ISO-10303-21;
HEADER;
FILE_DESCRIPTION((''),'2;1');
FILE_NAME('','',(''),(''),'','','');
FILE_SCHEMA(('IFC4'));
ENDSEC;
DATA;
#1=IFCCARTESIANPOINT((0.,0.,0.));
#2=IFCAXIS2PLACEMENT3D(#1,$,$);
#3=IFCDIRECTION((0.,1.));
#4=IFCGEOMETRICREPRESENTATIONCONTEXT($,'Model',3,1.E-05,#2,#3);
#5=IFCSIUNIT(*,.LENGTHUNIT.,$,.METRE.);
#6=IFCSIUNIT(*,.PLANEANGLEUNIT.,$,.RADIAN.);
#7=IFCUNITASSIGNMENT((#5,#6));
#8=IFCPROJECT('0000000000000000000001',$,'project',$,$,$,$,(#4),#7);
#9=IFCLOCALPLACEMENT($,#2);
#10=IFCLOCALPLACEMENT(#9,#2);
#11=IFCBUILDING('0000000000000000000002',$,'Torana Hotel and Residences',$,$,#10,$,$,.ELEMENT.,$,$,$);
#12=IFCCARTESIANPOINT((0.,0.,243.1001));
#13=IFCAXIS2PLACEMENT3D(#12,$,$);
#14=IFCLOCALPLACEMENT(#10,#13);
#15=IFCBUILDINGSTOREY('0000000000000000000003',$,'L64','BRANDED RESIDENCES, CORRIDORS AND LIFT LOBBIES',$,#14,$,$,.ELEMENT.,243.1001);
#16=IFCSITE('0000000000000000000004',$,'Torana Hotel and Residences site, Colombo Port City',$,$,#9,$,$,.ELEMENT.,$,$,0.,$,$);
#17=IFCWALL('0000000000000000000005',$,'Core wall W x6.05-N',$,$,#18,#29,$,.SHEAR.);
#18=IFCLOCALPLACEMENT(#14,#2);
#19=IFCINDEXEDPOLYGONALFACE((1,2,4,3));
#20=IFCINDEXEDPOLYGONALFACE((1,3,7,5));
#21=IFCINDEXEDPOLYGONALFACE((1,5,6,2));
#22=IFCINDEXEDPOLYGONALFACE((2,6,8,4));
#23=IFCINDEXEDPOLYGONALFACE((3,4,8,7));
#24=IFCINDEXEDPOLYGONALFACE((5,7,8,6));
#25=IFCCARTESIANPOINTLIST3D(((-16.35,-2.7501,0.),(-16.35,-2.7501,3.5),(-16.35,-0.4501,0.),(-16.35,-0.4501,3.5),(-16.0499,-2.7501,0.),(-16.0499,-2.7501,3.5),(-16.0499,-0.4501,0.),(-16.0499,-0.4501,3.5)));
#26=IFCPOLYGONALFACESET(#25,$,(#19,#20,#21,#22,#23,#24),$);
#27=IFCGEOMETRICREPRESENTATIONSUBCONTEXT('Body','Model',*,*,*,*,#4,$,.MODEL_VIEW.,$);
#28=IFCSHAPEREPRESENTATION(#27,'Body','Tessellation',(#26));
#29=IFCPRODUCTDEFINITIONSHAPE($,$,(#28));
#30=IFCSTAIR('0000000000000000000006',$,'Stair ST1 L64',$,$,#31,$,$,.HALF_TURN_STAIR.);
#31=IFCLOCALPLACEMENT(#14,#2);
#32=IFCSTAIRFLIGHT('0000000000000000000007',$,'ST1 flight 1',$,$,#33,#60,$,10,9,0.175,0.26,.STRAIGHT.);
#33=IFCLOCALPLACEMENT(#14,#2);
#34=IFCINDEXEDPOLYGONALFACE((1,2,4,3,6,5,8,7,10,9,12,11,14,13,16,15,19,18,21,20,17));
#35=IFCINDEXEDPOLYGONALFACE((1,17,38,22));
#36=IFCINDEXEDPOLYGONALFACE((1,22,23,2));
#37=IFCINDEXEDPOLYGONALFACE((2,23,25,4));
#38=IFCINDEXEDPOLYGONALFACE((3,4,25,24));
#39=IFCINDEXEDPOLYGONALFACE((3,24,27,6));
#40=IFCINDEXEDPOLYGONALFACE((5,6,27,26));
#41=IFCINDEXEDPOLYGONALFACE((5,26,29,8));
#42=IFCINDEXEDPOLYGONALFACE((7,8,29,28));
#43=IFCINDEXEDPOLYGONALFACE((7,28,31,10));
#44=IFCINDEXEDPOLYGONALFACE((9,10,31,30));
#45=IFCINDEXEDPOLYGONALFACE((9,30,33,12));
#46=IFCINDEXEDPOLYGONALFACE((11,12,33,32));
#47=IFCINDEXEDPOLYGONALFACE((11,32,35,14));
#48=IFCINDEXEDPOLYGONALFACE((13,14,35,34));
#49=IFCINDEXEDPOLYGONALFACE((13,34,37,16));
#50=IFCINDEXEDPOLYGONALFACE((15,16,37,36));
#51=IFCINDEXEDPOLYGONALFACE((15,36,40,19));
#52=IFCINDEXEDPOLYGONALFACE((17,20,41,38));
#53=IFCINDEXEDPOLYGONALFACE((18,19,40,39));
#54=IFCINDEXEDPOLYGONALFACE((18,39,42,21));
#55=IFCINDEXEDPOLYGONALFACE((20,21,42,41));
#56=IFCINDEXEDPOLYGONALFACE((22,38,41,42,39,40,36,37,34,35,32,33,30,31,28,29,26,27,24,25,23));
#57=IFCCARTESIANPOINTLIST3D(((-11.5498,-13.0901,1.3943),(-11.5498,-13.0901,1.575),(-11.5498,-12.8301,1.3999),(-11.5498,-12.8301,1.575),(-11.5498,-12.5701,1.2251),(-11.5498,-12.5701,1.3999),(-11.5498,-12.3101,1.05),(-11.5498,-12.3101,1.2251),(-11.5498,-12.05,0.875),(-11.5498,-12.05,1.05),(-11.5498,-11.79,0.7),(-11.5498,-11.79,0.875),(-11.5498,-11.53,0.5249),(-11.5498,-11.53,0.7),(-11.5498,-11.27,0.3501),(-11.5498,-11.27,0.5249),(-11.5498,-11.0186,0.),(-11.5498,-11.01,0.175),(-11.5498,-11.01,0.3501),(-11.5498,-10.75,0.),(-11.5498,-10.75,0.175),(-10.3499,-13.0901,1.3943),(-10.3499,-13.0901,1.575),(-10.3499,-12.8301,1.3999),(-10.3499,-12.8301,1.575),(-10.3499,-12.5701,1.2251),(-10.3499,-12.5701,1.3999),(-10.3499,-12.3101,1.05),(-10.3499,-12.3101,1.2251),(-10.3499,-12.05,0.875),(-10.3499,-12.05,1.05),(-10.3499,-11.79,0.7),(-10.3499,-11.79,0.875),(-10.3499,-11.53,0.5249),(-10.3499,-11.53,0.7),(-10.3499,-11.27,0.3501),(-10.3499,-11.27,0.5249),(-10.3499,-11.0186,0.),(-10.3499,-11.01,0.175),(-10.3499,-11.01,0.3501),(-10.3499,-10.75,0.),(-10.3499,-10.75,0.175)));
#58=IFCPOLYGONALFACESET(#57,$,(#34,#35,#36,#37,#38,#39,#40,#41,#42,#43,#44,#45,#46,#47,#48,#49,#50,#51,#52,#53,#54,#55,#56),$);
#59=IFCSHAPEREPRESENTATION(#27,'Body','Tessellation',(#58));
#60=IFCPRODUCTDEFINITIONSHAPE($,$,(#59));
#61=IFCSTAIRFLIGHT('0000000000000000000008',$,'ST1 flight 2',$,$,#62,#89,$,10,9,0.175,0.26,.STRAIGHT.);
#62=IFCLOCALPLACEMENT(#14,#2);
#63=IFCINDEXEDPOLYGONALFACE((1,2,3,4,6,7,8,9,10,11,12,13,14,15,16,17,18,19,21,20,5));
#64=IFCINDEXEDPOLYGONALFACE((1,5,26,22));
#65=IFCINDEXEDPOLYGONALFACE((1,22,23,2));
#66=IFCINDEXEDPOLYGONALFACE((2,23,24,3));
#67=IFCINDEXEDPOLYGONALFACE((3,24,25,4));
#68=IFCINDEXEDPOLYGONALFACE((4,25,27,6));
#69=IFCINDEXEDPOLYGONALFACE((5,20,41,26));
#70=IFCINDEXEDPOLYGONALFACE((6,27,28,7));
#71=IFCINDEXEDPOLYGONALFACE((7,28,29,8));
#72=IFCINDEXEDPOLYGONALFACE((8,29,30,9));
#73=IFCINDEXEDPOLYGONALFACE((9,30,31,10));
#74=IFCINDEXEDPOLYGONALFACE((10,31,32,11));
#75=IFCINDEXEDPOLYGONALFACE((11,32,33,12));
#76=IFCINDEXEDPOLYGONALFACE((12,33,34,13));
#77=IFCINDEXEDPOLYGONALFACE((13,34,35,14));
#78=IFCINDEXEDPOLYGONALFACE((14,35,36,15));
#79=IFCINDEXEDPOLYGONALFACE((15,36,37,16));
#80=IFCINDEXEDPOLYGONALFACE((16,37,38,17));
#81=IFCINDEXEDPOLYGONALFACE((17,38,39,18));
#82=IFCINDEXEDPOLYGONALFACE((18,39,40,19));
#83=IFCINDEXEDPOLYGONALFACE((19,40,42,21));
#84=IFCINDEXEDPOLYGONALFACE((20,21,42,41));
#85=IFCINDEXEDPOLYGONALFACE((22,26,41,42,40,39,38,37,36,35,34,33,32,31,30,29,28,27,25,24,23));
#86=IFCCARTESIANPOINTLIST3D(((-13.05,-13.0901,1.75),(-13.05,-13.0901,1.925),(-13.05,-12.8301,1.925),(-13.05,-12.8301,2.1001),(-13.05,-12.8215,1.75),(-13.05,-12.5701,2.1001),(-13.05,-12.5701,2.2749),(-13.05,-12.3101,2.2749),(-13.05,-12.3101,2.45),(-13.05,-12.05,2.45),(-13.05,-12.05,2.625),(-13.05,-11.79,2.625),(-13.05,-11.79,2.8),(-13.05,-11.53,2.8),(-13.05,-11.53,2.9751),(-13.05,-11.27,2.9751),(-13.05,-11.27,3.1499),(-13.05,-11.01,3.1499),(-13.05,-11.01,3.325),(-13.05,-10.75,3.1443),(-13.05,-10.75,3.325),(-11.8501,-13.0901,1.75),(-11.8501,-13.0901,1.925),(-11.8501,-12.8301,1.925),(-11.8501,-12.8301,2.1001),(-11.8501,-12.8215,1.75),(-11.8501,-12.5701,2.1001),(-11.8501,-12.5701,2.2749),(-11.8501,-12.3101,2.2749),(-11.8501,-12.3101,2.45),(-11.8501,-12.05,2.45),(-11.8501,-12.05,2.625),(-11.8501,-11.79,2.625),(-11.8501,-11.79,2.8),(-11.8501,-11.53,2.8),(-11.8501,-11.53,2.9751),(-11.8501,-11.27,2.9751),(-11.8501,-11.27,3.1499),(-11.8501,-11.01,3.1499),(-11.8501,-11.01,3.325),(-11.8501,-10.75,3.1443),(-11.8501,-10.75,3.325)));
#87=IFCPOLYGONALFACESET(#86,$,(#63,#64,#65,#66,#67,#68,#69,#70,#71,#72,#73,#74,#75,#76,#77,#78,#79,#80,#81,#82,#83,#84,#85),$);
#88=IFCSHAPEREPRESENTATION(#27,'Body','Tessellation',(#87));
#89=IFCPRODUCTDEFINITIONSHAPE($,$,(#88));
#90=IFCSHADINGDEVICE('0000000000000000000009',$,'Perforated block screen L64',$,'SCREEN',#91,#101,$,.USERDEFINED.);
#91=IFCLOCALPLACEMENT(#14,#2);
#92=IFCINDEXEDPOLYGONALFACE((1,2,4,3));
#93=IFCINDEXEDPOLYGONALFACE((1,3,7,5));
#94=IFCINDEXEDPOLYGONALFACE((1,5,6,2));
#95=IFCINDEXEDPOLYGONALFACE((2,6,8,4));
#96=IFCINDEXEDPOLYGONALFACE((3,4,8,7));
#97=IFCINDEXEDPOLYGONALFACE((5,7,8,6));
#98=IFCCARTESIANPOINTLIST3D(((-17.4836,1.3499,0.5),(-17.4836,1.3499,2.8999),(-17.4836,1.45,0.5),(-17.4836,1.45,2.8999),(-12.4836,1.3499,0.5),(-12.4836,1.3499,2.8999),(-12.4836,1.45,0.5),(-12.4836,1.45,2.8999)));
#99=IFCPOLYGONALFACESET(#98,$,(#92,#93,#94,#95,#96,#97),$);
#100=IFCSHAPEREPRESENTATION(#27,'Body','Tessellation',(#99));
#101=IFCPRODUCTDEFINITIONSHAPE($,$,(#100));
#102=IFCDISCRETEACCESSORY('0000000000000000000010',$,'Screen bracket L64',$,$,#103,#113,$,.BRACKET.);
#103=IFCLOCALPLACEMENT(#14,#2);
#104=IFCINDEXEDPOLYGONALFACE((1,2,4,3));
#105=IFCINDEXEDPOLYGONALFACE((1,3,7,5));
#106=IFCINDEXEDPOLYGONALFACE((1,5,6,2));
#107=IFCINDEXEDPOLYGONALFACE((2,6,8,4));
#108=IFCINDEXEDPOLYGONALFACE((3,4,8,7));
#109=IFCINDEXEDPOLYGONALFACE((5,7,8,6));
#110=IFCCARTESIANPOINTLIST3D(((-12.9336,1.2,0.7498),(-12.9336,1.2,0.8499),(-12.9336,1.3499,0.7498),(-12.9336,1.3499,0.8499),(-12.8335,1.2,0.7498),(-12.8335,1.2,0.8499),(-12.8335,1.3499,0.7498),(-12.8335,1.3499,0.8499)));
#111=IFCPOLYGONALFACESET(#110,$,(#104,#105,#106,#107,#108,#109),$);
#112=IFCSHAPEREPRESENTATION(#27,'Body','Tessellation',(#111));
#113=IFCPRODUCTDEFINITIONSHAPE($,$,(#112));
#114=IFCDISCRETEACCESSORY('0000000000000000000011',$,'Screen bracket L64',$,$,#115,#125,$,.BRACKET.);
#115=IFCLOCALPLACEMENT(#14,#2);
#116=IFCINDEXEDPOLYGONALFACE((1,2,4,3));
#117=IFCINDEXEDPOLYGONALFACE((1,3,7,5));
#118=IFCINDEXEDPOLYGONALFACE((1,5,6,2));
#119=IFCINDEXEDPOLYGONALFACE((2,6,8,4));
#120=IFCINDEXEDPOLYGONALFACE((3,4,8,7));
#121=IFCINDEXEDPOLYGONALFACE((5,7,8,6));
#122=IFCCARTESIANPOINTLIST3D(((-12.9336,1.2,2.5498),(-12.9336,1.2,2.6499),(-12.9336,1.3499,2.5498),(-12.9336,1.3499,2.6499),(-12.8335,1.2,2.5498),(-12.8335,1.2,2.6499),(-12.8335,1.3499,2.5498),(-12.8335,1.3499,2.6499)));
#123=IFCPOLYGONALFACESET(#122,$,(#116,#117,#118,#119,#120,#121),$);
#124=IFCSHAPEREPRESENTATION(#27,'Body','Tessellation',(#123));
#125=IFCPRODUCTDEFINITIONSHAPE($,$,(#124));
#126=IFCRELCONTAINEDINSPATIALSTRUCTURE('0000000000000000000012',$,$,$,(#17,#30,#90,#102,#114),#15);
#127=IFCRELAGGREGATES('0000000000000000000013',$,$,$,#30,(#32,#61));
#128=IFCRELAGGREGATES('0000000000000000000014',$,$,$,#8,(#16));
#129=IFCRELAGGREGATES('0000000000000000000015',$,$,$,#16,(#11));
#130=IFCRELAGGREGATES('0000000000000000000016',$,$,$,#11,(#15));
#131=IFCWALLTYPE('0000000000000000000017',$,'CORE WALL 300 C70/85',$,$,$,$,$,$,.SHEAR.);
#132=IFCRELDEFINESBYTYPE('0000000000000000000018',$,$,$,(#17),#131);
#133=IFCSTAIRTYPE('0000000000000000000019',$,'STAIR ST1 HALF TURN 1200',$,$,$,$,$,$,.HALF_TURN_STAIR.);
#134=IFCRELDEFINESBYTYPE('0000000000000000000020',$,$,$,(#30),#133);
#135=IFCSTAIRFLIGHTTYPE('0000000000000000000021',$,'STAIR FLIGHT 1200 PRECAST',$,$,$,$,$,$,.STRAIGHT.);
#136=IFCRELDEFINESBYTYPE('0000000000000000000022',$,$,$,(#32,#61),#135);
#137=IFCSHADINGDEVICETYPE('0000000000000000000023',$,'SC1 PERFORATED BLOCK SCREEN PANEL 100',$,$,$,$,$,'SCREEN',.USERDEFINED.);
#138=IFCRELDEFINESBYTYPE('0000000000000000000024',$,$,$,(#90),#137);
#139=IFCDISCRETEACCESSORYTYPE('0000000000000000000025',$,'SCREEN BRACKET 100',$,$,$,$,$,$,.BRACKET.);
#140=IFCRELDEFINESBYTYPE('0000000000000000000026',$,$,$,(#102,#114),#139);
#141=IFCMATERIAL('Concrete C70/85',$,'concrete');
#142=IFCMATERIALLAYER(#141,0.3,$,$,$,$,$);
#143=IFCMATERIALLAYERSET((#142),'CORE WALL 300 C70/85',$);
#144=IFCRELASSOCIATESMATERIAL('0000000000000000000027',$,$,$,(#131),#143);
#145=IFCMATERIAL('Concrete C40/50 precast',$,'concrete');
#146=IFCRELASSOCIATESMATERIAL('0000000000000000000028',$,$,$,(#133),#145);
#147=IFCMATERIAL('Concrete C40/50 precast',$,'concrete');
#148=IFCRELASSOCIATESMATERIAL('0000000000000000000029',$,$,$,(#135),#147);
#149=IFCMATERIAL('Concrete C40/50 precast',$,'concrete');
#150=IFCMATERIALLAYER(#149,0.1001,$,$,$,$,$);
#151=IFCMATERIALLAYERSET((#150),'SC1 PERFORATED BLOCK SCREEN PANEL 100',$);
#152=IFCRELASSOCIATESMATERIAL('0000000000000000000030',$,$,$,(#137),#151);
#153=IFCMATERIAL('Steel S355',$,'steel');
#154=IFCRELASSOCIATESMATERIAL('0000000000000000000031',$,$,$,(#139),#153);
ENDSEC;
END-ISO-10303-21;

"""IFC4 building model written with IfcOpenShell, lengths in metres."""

from ifc_helpers import new_model, si_unit, direction, frame, frame_2d, origin, origin_2d, place, context, subcontext, project, spatial, polyline, rectangle, outline, extrude, material, layer, layer_set, type_object, element, aggregate, save


model = new_model("IFC4")

# Units and contexts
model_context = context("Model", 3, precision=1e-05, world=origin(), true_north=direction((0.0, 1.0)))
body_context = subcontext(model_context, "Body", "Model", "MODEL_VIEW")
ifc_project = project(units=[si_unit("LENGTHUNIT", "METRE"), si_unit("PLANEANGLEUNIT", "RADIAN")], contexts=[model_context])

# Site, building, storey
site_placement = place(None, origin())
site = spatial("IfcSite", under=ifc_project, at=site_placement, Name="Torana Hotel and Residences site, Colombo Port City", CompositionType="ELEMENT", RefElevation=0.0)
building_placement = place(site_placement, origin())
building = spatial("IfcBuilding", under=site, at=building_placement, Name="Torana Hotel and Residences", CompositionType="ELEMENT")
storey_placement = place(building_placement, frame((0.0, 0.0, 243.1001)))
storey = spatial("IfcBuildingStorey", under=building, at=storey_placement, Name="L64", Description="BRANDED RESIDENCES, CORRIDORS AND LIFT LOBBIES", CompositionType="ELEMENT", Elevation=243.1001)

# Shared definitions
ifc_material_1 = material(Name="Concrete C70/85", Category="concrete")
ifc_layer_1 = layer(ifc_material_1, 0.3)
ifc_layer_set_1 = layer_set([ifc_layer_1], Name="CORE WALL 300 C70/85")
wall_type_1 = type_object("IfcWallType", Name="CORE WALL 300 C70/85", PredefinedType="SHEAR", material=ifc_layer_set_1)

# Wall
wall_1_placement = place(storey_placement, frame((-16.2, -2.75, 0.0), z_axis=(0.0, 0.0, 1.0), x_axis=(0.0, 1.0, 0.0)))
element("IfcWall", 1, at=wall_1_placement, inside=storey, type_object=wall_type_1, Name="Core wall W x6.05-N", PredefinedType="SHEAR", context=body_context, shape_type="SweptSolid", body=[
    extrude(rectangle(XDim=2.3, YDim=0.3, at=frame_2d((1.1499, 0.0))), origin(), (0.0, 0.0, 1.0), 3.5),
])

# Stair, stair flights
ifc_material_2 = material(Name="Concrete C40/50 precast", Category="concrete")
stair_type = type_object("IfcStairType", Name="STAIR ST1 HALF TURN 1200", PredefinedType="HALF_TURN_STAIR", material=ifc_material_2)
stair_placement = place(storey_placement, origin())
stair = element("IfcStair", 2, at=stair_placement, inside=storey, type_object=stair_type, Name="Stair ST1 L64", PredefinedType="HALF_TURN_STAIR")
ifc_material_3 = material(Name="Concrete C40/50 precast", Category="concrete")
stair_flight_type = type_object("IfcStairFlightType", Name="STAIR FLIGHT 1200 PRECAST", PredefinedType="STRAIGHT", material=ifc_material_3)
stair_flight_1_placement = place(storey_placement, frame((-10.95, -10.75, 0.0), z_axis=(0.0, 0.0, 1.0), x_axis=(0.0, -1.0, 0.0)))
stair_flight_1 = element("IfcStairFlight", 3, at=stair_flight_1_placement, type_object=stair_flight_type, Name="ST1 flight 1", NumberOfRisers=10, NumberOfTreads=9, PredefinedType="STRAIGHT", RiserHeight=0.175, TreadLength=0.26, context=body_context, shape_type="SweptSolid", body=[
    extrude(outline(polyline([(0.0, 0.0), (0.0, 0.175), (0.26, 0.175), (0.26, 0.3501), (0.52, 0.3501), (0.52, 0.5249), (0.78, 0.5249), (0.78, 0.7), (1.04, 0.7), (1.04, 0.875), (1.3, 0.875), (1.3, 1.05), (1.5601, 1.05), (1.5601, 1.2251), (1.8201, 1.2251), (1.8201, 1.3999), (2.0801, 1.3999), (2.0801, 1.575), (2.3401, 1.575), (2.3401, 1.75), (2.3401, 1.3943), (0.2686, 0.0), (0.0, 0.0)])), frame((0.0, 0.6001, 0.0), z_axis=(0.0, -1.0, 0.0), x_axis=(1.0, 0.0, 0.0)), (0.0, 0.0, 1.0), 1.2),
])
stair_flight_2_placement = place(storey_placement, frame((-12.45, -13.0901, 1.75), z_axis=(0.0, 0.0, 1.0), x_axis=(0.0, 1.0, 0.0)))
stair_flight_2 = element("IfcStairFlight", 4, at=stair_flight_2_placement, type_object=stair_flight_type, Name="ST1 flight 2", NumberOfRisers=10, NumberOfTreads=9, PredefinedType="STRAIGHT", RiserHeight=0.175, TreadLength=0.26, context=body_context, shape_type="SweptSolid", body=[
    extrude(outline(polyline([(0.0, 0.0), (0.0, 0.175), (0.26, 0.175), (0.26, 0.3501), (0.52, 0.3501), (0.52, 0.5249), (0.78, 0.5249), (0.78, 0.7), (1.04, 0.7), (1.04, 0.875), (1.3, 0.875), (1.3, 1.05), (1.5601, 1.05), (1.5601, 1.2251), (1.8201, 1.2251), (1.8201, 1.3999), (2.0801, 1.3999), (2.0801, 1.575), (2.3401, 1.575), (2.3401, 1.75), (2.3401, 1.3943), (0.2686, 0.0), (0.0, 0.0)])), frame((0.0, 0.6001, 0.0), z_axis=(0.0, -1.0, 0.0), x_axis=(1.0, 0.0, 0.0)), (0.0, 0.0, 1.0), 1.2),
])
aggregate(stair, [stair_flight_1, stair_flight_2])

# Shading device
ifc_material_4 = material(Name="Concrete C40/50 precast", Category="concrete")
ifc_layer_2 = layer(ifc_material_4, 0.1001)
ifc_layer_set_2 = layer_set([ifc_layer_2], Name="SC1 PERFORATED BLOCK SCREEN PANEL 100")
shading_device_type = type_object("IfcShadingDeviceType", Name="SC1 PERFORATED BLOCK SCREEN PANEL 100", ElementType="SCREEN", PredefinedType="USERDEFINED", material=ifc_layer_set_2)
shading_device_placement = place(storey_placement, frame((-14.9836, 1.3999, 0.5), z_axis=(0.0, 0.0, 1.0), x_axis=(-1.0, 0.0, 0.0)))
element("IfcShadingDevice", 5, at=shading_device_placement, inside=storey, type_object=shading_device_type, Name="Perforated block screen L64", ObjectType="SCREEN", PredefinedType="USERDEFINED", context=body_context, shape_type="SweptSolid", body=[
    extrude(rectangle(XDim=5.0, YDim=0.1001, at=origin_2d()), origin(), (0.0, 0.0, 1.0), 2.3999),
])

# Discrete accessories
ifc_material_5 = material(Name="Steel S355", Category="steel")
discrete_accessory_type = type_object("IfcDiscreteAccessoryType", Name="SCREEN BRACKET 100", PredefinedType="BRACKET", material=ifc_material_5)
for number, where, z_axis, x_axis, name in (
    (6, (-12.8835, 1.2749, 0.7498), (0.0, 0.0, 1.0), (-1.0, 0.0, 0.0), "Screen bracket L64"),
    (7, (-12.8835, 1.2749, 2.5498), (0.0, 0.0, 1.0), (-1.0, 0.0, 0.0), "Screen bracket L64"),
):
    element("IfcDiscreteAccessory", number, at=place(storey_placement, frame(where, z_axis=z_axis, x_axis=x_axis)), inside=storey, type_object=discrete_accessory_type, Name=name, PredefinedType="BRACKET", context=body_context, shape_type="SweptSolid", body=[
        extrude(rectangle(XDim=0.1001, YDim=0.1499, at=origin_2d()), origin(), (0.0, 0.0, 1.0), 0.1001),
    ])

save(model, "model.ifc")
